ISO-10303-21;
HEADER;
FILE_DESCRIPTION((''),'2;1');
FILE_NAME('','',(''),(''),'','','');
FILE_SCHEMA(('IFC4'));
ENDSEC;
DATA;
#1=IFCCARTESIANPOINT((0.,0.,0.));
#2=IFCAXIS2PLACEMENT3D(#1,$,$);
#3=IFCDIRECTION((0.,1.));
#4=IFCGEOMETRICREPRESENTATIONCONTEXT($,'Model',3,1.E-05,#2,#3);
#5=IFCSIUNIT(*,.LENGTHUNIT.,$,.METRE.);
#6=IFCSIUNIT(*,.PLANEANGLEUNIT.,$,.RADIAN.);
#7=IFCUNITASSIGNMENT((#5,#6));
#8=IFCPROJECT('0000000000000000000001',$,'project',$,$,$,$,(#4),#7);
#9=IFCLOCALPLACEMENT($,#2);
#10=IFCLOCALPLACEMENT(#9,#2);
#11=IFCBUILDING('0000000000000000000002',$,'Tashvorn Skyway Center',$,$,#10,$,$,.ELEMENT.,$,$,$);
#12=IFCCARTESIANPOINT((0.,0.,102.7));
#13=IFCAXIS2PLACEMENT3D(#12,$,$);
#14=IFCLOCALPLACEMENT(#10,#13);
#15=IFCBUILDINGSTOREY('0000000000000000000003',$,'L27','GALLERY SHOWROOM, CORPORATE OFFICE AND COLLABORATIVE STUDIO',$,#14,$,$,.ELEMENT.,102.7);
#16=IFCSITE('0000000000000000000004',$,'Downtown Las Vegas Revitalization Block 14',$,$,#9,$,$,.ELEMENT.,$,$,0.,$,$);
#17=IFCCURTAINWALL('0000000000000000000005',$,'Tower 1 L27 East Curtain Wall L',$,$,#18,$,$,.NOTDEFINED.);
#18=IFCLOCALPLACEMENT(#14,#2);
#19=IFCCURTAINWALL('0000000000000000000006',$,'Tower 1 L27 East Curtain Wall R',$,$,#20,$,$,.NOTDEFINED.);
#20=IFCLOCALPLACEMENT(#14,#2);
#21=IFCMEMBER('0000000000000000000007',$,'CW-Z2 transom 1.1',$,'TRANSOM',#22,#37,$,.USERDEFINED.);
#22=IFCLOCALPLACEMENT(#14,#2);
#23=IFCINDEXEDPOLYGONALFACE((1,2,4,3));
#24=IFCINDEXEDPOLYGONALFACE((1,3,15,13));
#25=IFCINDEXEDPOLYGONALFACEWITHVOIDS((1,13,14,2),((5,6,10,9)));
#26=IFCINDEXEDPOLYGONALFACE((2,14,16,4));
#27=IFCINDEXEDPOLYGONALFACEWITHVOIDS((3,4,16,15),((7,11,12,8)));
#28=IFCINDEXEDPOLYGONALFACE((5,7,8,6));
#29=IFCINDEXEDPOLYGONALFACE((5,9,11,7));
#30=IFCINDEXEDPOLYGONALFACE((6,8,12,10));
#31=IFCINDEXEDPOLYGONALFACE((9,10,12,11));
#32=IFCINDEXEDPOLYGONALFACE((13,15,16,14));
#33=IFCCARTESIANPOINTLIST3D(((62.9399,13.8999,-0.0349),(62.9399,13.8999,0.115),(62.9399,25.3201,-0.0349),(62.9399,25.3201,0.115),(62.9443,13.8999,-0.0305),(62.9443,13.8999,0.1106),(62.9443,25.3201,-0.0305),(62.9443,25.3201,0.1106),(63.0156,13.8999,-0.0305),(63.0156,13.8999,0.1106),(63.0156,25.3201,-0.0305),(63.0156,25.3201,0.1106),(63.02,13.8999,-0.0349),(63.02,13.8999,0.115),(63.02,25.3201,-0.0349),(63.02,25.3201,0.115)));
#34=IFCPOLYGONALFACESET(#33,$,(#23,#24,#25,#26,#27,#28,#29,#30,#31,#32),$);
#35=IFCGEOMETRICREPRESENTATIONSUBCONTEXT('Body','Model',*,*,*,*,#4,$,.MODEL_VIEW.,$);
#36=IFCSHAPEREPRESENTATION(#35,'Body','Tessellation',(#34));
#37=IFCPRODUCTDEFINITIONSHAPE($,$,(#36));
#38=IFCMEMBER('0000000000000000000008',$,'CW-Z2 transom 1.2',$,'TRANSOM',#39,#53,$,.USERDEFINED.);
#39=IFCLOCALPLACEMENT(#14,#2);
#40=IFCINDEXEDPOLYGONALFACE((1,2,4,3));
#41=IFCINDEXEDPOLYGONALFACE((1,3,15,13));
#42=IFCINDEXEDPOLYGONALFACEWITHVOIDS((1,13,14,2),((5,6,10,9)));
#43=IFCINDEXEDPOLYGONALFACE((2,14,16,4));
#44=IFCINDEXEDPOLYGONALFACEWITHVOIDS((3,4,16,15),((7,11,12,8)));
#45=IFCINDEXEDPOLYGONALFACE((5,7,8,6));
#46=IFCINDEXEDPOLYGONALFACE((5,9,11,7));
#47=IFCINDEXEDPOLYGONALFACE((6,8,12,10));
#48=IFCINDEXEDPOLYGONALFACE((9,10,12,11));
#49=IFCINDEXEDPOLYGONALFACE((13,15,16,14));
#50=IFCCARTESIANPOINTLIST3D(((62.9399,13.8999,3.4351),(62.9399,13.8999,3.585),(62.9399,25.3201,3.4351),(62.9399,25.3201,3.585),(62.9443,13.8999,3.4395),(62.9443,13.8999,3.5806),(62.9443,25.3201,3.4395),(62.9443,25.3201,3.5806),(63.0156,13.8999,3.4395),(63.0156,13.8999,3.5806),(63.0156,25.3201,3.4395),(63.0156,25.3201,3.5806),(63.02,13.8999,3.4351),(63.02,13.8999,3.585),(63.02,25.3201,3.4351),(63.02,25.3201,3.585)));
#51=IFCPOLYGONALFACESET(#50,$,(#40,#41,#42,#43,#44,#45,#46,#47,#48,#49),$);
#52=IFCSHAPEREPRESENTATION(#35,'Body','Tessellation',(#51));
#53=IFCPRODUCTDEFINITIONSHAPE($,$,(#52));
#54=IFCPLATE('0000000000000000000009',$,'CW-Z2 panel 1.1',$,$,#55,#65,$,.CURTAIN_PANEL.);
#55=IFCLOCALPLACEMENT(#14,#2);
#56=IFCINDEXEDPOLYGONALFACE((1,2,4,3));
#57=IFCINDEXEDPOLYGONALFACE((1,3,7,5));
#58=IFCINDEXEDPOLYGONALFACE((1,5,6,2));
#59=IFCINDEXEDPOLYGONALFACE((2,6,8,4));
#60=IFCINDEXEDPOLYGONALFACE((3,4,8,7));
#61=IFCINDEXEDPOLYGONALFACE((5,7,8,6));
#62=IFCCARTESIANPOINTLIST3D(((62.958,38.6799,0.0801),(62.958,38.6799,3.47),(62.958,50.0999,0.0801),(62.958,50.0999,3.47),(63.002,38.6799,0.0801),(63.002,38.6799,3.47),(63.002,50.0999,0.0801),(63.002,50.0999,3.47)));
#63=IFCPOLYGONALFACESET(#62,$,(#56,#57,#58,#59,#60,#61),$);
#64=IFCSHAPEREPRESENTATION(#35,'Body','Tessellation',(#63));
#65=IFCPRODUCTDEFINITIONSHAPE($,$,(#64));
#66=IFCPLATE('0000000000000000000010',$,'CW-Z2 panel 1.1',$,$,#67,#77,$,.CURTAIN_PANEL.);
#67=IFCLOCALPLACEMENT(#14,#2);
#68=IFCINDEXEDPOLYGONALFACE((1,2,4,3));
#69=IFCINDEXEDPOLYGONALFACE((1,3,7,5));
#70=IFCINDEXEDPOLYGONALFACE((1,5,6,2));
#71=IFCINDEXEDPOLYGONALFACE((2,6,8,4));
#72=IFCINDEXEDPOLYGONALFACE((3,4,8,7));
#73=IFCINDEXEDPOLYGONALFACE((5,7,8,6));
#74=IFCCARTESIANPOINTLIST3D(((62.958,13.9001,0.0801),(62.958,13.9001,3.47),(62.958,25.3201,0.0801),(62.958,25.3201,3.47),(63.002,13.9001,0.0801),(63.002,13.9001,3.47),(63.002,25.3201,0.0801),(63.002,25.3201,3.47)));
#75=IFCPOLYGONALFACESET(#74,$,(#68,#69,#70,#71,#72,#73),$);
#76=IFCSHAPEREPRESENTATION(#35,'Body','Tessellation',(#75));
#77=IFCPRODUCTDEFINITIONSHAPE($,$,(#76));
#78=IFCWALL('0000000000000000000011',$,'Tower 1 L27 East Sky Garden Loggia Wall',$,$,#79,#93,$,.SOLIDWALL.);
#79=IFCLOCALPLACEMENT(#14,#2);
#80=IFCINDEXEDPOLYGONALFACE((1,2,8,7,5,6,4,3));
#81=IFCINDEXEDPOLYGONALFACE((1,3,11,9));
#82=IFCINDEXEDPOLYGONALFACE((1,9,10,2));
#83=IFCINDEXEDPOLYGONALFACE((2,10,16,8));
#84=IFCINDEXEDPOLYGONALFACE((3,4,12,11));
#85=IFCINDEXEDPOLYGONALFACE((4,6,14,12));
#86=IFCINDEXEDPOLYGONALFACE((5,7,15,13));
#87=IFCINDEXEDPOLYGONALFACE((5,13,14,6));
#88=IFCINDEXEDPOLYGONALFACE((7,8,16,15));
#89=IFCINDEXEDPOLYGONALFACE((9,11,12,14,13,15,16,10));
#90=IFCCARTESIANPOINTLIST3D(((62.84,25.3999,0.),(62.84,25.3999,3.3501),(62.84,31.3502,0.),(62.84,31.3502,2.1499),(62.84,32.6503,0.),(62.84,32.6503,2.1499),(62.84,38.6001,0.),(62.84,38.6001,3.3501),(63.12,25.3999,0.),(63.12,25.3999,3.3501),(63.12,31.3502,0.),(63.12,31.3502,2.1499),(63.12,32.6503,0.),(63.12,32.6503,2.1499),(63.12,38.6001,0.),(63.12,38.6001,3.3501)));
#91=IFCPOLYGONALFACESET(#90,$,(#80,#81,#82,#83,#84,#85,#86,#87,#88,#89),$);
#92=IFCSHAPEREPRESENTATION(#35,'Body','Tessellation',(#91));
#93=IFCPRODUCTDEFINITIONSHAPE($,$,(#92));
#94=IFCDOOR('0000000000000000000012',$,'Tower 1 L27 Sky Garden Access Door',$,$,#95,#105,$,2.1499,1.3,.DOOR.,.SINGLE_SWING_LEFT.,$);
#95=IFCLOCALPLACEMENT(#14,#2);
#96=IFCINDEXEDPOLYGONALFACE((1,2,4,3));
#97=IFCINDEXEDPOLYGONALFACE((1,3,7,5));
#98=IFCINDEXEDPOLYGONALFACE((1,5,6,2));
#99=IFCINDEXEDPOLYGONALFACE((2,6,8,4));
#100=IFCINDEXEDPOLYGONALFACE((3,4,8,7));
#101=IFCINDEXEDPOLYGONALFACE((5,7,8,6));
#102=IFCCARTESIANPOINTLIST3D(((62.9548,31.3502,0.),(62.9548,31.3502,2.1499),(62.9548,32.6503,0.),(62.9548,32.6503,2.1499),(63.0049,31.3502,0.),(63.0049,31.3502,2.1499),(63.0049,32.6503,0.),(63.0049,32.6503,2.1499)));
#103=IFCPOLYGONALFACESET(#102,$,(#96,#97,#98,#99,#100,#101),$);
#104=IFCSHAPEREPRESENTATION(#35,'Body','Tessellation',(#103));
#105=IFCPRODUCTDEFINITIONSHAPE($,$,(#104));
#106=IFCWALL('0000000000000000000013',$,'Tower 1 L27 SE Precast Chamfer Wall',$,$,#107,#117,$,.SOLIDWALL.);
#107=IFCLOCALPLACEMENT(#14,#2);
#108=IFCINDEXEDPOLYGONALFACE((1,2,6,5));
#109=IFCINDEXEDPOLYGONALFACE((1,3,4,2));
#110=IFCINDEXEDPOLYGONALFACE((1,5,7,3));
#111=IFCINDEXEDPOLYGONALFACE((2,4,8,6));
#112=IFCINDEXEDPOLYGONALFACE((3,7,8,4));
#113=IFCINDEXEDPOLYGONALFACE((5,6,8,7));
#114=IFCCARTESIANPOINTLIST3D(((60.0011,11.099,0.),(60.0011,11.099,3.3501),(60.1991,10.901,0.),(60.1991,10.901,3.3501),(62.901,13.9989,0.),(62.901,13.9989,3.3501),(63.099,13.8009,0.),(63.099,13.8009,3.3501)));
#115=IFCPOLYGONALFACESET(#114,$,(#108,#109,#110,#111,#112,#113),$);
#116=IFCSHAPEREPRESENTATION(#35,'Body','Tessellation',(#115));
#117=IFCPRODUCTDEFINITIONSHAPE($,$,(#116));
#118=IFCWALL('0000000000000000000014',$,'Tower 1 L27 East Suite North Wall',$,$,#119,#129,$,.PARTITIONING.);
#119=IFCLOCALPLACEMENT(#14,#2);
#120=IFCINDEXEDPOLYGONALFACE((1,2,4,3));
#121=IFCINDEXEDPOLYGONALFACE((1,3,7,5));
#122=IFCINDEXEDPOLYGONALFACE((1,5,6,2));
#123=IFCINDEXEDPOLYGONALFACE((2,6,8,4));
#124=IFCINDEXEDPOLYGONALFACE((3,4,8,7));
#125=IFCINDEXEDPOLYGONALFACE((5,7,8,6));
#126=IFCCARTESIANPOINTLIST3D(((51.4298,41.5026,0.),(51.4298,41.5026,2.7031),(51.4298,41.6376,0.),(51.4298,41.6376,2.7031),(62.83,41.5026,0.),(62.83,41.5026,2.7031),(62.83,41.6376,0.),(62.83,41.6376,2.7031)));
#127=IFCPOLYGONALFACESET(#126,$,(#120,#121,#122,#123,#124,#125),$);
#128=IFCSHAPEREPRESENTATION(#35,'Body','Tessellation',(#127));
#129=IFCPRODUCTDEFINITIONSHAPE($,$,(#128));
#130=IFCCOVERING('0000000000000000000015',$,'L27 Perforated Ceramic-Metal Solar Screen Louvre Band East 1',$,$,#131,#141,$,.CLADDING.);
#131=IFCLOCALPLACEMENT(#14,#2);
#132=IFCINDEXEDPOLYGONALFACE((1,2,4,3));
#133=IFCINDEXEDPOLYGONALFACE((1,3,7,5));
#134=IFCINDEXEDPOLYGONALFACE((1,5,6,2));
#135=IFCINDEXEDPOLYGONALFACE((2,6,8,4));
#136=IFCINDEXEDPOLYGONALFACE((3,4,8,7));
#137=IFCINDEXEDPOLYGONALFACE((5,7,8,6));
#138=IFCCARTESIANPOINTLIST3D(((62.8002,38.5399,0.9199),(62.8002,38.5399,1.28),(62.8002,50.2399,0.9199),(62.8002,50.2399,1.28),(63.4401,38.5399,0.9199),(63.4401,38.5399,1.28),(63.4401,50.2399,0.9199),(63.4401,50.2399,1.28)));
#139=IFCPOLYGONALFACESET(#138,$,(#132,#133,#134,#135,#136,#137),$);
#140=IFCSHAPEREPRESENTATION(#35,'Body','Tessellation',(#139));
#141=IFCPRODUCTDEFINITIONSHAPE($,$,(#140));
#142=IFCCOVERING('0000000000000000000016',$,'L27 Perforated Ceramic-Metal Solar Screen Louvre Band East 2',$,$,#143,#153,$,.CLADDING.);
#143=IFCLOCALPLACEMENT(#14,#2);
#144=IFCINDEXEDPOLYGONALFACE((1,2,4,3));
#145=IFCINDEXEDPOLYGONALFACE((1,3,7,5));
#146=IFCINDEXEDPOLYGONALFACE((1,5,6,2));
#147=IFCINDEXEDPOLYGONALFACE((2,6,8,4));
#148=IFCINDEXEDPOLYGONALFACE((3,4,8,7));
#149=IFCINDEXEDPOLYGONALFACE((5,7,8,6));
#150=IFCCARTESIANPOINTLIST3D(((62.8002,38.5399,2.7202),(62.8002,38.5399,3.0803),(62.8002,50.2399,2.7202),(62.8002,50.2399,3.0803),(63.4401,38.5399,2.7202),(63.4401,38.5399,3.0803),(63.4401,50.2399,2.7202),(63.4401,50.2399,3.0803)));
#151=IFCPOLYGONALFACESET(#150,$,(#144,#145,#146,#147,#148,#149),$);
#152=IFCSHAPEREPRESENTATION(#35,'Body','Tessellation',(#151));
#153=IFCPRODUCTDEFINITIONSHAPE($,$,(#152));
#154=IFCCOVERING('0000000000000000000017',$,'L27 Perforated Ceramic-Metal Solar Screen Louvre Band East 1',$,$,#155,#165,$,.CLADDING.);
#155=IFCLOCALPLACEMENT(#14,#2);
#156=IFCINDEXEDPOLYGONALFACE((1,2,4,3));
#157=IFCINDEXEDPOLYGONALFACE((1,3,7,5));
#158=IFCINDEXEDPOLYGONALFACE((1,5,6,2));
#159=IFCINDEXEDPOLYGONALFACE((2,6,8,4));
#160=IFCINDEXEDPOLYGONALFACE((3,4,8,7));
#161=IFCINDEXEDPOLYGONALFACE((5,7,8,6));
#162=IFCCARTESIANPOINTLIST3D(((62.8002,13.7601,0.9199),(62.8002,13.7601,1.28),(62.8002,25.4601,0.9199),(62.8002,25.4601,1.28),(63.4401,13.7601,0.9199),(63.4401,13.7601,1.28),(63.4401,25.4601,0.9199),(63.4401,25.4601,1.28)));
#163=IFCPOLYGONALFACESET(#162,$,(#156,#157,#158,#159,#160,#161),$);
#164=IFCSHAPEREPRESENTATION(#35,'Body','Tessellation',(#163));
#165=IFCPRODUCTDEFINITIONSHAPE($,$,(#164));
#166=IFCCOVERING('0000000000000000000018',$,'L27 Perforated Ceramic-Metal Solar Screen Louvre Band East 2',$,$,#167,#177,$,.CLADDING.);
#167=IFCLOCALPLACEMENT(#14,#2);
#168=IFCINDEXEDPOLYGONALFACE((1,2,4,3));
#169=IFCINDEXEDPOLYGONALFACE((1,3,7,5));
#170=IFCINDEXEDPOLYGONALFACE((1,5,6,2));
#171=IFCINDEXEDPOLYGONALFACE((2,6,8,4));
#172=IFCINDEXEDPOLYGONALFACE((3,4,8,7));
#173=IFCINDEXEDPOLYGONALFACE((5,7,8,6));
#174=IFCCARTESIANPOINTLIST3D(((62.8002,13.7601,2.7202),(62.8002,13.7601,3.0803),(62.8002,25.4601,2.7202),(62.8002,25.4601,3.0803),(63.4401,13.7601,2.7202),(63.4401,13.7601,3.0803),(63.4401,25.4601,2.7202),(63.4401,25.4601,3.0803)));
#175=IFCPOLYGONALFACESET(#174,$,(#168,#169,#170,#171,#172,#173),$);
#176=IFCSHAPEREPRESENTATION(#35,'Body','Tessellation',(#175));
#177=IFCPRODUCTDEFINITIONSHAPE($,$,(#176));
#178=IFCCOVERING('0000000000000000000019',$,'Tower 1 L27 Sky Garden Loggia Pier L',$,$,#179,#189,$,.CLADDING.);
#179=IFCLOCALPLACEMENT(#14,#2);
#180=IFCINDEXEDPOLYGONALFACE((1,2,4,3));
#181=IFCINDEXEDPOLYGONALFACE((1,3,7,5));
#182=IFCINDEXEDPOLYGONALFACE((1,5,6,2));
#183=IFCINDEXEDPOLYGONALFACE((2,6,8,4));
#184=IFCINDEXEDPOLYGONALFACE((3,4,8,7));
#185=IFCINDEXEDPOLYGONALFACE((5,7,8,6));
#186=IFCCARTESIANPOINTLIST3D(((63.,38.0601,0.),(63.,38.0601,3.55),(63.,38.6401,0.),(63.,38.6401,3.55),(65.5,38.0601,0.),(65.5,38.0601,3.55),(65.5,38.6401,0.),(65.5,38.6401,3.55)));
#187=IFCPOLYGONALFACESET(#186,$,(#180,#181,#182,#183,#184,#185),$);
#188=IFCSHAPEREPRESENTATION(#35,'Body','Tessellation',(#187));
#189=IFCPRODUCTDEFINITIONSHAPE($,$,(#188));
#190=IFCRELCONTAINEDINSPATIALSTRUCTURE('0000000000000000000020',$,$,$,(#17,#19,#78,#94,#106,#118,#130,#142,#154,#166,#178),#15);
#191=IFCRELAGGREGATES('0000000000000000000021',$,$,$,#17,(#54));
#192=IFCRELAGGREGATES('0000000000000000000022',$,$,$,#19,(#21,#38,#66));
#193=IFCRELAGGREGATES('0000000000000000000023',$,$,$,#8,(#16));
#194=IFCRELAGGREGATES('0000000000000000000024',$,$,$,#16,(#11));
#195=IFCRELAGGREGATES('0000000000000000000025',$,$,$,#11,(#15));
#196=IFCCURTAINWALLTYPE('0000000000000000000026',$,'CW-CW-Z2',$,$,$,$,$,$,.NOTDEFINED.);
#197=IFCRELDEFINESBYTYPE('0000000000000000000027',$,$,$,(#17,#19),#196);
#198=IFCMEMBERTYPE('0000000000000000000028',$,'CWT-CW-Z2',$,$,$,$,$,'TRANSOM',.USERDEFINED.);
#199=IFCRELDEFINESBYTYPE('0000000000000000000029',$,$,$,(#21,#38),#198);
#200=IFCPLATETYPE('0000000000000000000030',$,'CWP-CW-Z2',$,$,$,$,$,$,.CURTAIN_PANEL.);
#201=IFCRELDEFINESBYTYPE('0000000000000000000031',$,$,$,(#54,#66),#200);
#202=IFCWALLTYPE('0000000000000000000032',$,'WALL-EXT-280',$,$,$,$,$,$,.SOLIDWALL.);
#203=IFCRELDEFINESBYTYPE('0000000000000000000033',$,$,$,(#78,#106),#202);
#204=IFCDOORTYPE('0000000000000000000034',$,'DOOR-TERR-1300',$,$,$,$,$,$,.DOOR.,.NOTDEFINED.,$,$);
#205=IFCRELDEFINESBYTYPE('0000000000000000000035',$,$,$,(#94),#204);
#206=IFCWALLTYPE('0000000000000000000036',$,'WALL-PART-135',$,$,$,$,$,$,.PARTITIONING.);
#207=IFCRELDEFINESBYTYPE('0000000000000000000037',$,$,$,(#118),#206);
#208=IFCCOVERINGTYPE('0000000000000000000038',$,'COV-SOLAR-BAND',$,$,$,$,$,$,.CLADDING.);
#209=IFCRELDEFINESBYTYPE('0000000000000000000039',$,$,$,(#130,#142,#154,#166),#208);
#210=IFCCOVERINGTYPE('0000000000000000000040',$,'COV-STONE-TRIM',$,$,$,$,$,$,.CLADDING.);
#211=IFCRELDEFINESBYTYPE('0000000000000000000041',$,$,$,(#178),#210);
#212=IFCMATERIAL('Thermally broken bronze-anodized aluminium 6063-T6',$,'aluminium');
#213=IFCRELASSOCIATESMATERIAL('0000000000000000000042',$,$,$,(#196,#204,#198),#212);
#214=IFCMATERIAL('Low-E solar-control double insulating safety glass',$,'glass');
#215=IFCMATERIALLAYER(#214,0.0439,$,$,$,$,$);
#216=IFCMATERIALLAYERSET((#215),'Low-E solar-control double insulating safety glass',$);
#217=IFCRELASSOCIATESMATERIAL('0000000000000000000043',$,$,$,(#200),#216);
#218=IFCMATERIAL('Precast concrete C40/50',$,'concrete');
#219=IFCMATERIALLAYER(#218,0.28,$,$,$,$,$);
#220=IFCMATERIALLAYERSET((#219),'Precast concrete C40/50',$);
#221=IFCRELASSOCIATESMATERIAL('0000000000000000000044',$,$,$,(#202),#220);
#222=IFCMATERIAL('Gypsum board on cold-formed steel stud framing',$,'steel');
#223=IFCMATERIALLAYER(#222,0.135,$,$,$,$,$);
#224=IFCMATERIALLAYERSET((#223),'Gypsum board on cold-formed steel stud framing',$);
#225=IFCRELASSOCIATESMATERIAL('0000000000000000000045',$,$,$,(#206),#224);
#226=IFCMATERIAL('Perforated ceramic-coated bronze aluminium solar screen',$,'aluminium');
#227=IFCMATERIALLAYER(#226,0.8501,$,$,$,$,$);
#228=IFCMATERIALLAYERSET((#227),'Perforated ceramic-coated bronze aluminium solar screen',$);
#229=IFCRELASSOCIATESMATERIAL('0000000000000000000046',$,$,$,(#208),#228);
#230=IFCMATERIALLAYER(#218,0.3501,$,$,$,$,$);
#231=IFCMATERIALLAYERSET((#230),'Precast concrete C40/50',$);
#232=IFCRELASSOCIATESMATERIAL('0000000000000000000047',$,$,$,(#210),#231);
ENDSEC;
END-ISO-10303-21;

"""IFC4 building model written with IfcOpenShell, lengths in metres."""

from ifc_helpers import new_model, si_unit, direction, frame, frame_2d, origin, origin_2d, place, context, subcontext, project, spatial, rectangle, hollow_rectangle, extrude, material, layer, layer_set, material_profile, profile_set, type_object, element, fill, aggregate, save


model = new_model("IFC4")

# Units and contexts
model_context = context("Model", 3, precision=1e-05, world=origin(), true_north=direction((0.0, 1.0)))
body_context = subcontext(model_context, "Body", "Model", "MODEL_VIEW")
ifc_project = project(units=[si_unit("LENGTHUNIT", "METRE"), si_unit("PLANEANGLEUNIT", "RADIAN")], contexts=[model_context])

# Site, building, storey
site_placement = place(None, origin())
site = spatial("IfcSite", under=ifc_project, at=site_placement, Name="Downtown Las Vegas Revitalization Block 14", CompositionType="ELEMENT", RefElevation=0.0)
building_placement = place(site_placement, origin())
building = spatial("IfcBuilding", under=site, at=building_placement, Name="Tashvorn Skyway Center", CompositionType="ELEMENT")
storey_placement = place(building_placement, frame((0.0, 0.0, 102.7)))
storey = spatial("IfcBuildingStorey", under=building, at=storey_placement, Name="L27", Description="GALLERY SHOWROOM, CORPORATE OFFICE AND COLLABORATIVE STUDIO", CompositionType="ELEMENT", Elevation=102.7)

# Curtain walls
ifc_material_1 = material(Name="Thermally broken bronze-anodized aluminium 6063-T6", Category="aluminium")
curtain_wall_type = type_object("IfcCurtainWallType", Name="CW-CW-Z2", PredefinedType="NOTDEFINED", material=ifc_material_1)
curtain_wall_1_placement = place(storey_placement, origin())
curtain_wall_1 = element("IfcCurtainWall", 1, at=curtain_wall_1_placement, inside=storey, type_object=curtain_wall_type, Name="Tower 1 L27 East Curtain Wall L", PredefinedType="NOTDEFINED")
curtain_wall_2_placement = place(storey_placement, origin())
curtain_wall_2 = element("IfcCurtainWall", 2, at=curtain_wall_2_placement, inside=storey, type_object=curtain_wall_type, Name="Tower 1 L27 East Curtain Wall R", PredefinedType="NOTDEFINED")

# Members
ifc_material_profile_1 = material_profile(ifc_material_1, hollow_rectangle(XDim=0.0801, YDim=0.1499, WallThickness=0.0044, at=origin_2d()), Name="ALU-TRAN-80x150")
ifc_profile_set_1 = profile_set([ifc_material_profile_1], Name="Thermally broken bronze-anodized aluminium 6063-T6")
member_type_1 = type_object("IfcMemberType", Name="CWT-CW-Z2", ElementType="TRANSOM", PredefinedType="USERDEFINED", material=ifc_profile_set_1)
member_1_placement = place(storey_placement, frame((62.98, 25.3201, 0.04), z_axis=(0.0, -1.0, 0.0), x_axis=(1.0, 0.0, 0.0)))
member_1 = element("IfcMember", 3, at=member_1_placement, type_object=member_type_1, Name="CW-Z2 transom 1.1", ObjectType="TRANSOM", PredefinedType="USERDEFINED", context=body_context, shape_type="SweptSolid", body=[
    extrude(hollow_rectangle(XDim=0.0801, YDim=0.1499, WallThickness=0.0044, at=origin_2d()), origin(), (0.0, 0.0, 1.0), 11.4202),
])
member_2_placement = place(storey_placement, frame((62.98, 25.3201, 3.51), z_axis=(0.0, -1.0, 0.0), x_axis=(1.0, 0.0, 0.0)))
member_2 = element("IfcMember", 4, at=member_2_placement, type_object=member_type_1, Name="CW-Z2 transom 1.2", ObjectType="TRANSOM", PredefinedType="USERDEFINED", context=body_context, shape_type="SweptSolid", body=[
    extrude(hollow_rectangle(XDim=0.0801, YDim=0.1499, WallThickness=0.0044, at=origin_2d()), origin(), (0.0, 0.0, 1.0), 11.4202),
])

# Plates
ifc_material_2 = material(Name="Low-E solar-control double insulating safety glass", Category="glass")
ifc_layer_1 = layer(ifc_material_2, 0.0439)
ifc_layer_set_1 = layer_set([ifc_layer_1], Name="Low-E solar-control double insulating safety glass")
plate_type = type_object("IfcPlateType", Name="CWP-CW-Z2", PredefinedType="CURTAIN_PANEL", material=ifc_layer_set_1)
plate_1_placement = place(storey_placement, frame((62.98, 44.3899, 0.0801), z_axis=(0.0, 0.0, 1.0), x_axis=(0.0, -1.0, 0.0)))
plate_1 = element("IfcPlate", 5, at=plate_1_placement, type_object=plate_type, Name="CW-Z2 panel 1.1", PredefinedType="CURTAIN_PANEL", context=body_context, shape_type="SweptSolid", body=[
    extrude(rectangle(XDim=11.4199, YDim=0.0439, at=origin_2d()), origin(), (0.0, 0.0, 1.0), 3.3899),
])
aggregate(curtain_wall_1, [plate_1])
plate_2_placement = place(storey_placement, frame((62.98, 19.6101, 0.0801), z_axis=(0.0, 0.0, 1.0), x_axis=(0.0, -1.0, 0.0)))
plate_2 = element("IfcPlate", 6, at=plate_2_placement, type_object=plate_type, Name="CW-Z2 panel 1.1", PredefinedType="CURTAIN_PANEL", context=body_context, shape_type="SweptSolid", body=[
    extrude(rectangle(XDim=11.4199, YDim=0.0439, at=origin_2d()), origin(), (0.0, 0.0, 1.0), 3.3899),
])
aggregate(curtain_wall_2, [member_1, member_2, plate_2])

# Wall, opening, door
ifc_material_3 = material(Name="Precast concrete C40/50", Category="concrete")
ifc_layer_2 = layer(ifc_material_3, 0.28)
ifc_layer_set_2 = layer_set([ifc_layer_2], Name="Precast concrete C40/50")
wall_type_1 = type_object("IfcWallType", Name="WALL-EXT-280", PredefinedType="SOLIDWALL", material=ifc_layer_set_2)
wall_1_placement = place(storey_placement, frame((62.98, 38.6001, 0.0), z_axis=(0.0, 0.0, 1.0), x_axis=(0.0, -1.0, 0.0)))
wall_1 = element("IfcWall", 7, at=wall_1_placement, inside=storey, type_object=wall_type_1, Name="Tower 1 L27 East Sky Garden Loggia Wall", PredefinedType="SOLIDWALL", context=body_context, shape_type="SweptSolid", body=[
    extrude(rectangle(XDim=13.2002, YDim=0.28, at=frame_2d((6.6001, 0.0))), origin(), (0.0, 0.0, 1.0), 3.3501),
])
opening_placement = place(wall_1_placement, frame((5.95, 0.0, 0.0)))
opening = element("IfcOpeningElement", 8, at=opening_placement, cuts=wall_1, PredefinedType="OPENING", context=body_context, shape_type="SweptSolid", body=[
    extrude(rectangle(XDim=1.3, YDim=2.1499, at=frame_2d((0.6499, 1.075))), frame((0.0, 0.1499, 0.0), z_axis=(0.0, -1.0, 0.0), x_axis=(1.0, 0.0, 0.0)), (0.0, 0.0, 1.0), 0.3),
])
door_type = type_object("IfcDoorType", Name="DOOR-TERR-1300", OperationType="NOTDEFINED", PredefinedType="DOOR", material=ifc_material_1)
door_placement = place(opening_placement, origin())
door = element("IfcDoor", 9, at=door_placement, inside=storey, type_object=door_type, Name="Tower 1 L27 Sky Garden Access Door", OperationType="SINGLE_SWING_LEFT", OverallHeight=2.1499, OverallWidth=1.3, PredefinedType="DOOR", context=body_context, shape_type="SweptSolid", body=[
    extrude(rectangle(XDim=1.3, YDim=2.1499, at=frame_2d((0.6499, 1.075))), frame((0.0, 0.0249, 0.0), z_axis=(0.0, -1.0, 0.0), x_axis=(1.0, 0.0, 0.0)), (0.0, 0.0, 1.0), 0.05),
])
fill(opening, door)

# Walls
wall_2_placement = place(storey_placement, frame((63.0, 13.8999, 0.0), z_axis=(0.0, 0.0, 1.0), x_axis=(-0.707107, -0.707107, 0.0)))
element("IfcWall", 10, at=wall_2_placement, inside=storey, type_object=wall_type_1, Name="Tower 1 L27 SE Precast Chamfer Wall", PredefinedType="SOLIDWALL", context=body_context, shape_type="SweptSolid", body=[
    extrude(rectangle(XDim=4.1011, YDim=0.28, at=frame_2d((2.0505, 0.0))), origin(), (0.0, 0.0, 1.0), 3.3501),
])
ifc_material_4 = material(Name="Gypsum board on cold-formed steel stud framing", Category="steel")
ifc_layer_3 = layer(ifc_material_4, 0.135)
ifc_layer_set_3 = layer_set([ifc_layer_3], Name="Gypsum board on cold-formed steel stud framing")
wall_type_2 = type_object("IfcWallType", Name="WALL-PART-135", PredefinedType="PARTITIONING", material=ifc_layer_set_3)
wall_3_placement = place(storey_placement, frame((62.8301, 41.5701, 0.0), z_axis=(0.0, 0.0, 1.0), x_axis=(-1.0, 0.0, 0.0)))
element("IfcWall", 11, at=wall_3_placement, inside=storey, type_object=wall_type_2, Name="Tower 1 L27 East Suite North Wall", PredefinedType="PARTITIONING", context=body_context, shape_type="SweptSolid", body=[
    extrude(rectangle(XDim=11.4001, YDim=0.135, at=frame_2d((5.7002, 0.0))), origin(), (0.0, 0.0, 1.0), 2.7031),
])

# Coverings
ifc_material_5 = material(Name="Perforated ceramic-coated bronze aluminium solar screen", Category="aluminium")
ifc_layer_4 = layer(ifc_material_5, 0.8501)
ifc_layer_set_4 = layer_set([ifc_layer_4], Name="Perforated ceramic-coated bronze aluminium solar screen")
covering_type_1 = type_object("IfcCoveringType", Name="COV-SOLAR-BAND", PredefinedType="CLADDING", material=ifc_layer_set_4)
for number, where, z_axis, x_axis, name in (
    (12, (63.1201, 44.3899, 0.9199), (0.0, 0.0, 1.0), (0.0, -1.0, 0.0), "L27 Perforated Ceramic-Metal Solar Screen Louvre Band East 1"),
    (13, (63.1201, 44.3899, 2.7202), (0.0, 0.0, 1.0), (0.0, -1.0, 0.0), "L27 Perforated Ceramic-Metal Solar Screen Louvre Band East 2"),
    (14, (63.1201, 19.6101, 0.9199), (0.0, 0.0, 1.0), (0.0, -1.0, 0.0), "L27 Perforated Ceramic-Metal Solar Screen Louvre Band East 1"),
    (15, (63.1201, 19.6101, 2.7202), (0.0, 0.0, 1.0), (0.0, -1.0, 0.0), "L27 Perforated Ceramic-Metal Solar Screen Louvre Band East 2"),
):
    element("IfcCovering", number, at=place(storey_placement, frame(where, z_axis=z_axis, x_axis=x_axis)), inside=storey, type_object=covering_type_1, Name=name, PredefinedType="CLADDING", context=body_context, shape_type="SweptSolid", body=[
        extrude(rectangle(XDim=11.7, YDim=0.6399, at=origin_2d()), origin(), (0.0, 0.0, 1.0), 0.3601),
    ])
ifc_layer_5 = layer(ifc_material_3, 0.3501)
ifc_layer_set_5 = layer_set([ifc_layer_5], Name="Precast concrete C40/50")
covering_type_2 = type_object("IfcCoveringType", Name="COV-STONE-TRIM", PredefinedType="CLADDING", material=ifc_layer_set_5)
for number, where, z_axis, x_axis, name in (
    (16, (64.25, 38.3501, 0.0), (0.0, 0.0, 1.0), (0.0, -1.0, 0.0), "Tower 1 L27 Sky Garden Loggia Pier L"),
):
    element("IfcCovering", number, at=place(storey_placement, frame(where, z_axis=z_axis, x_axis=x_axis)), inside=storey, type_object=covering_type_2, Name=name, PredefinedType="CLADDING", context=body_context, shape_type="SweptSolid", body=[
        extrude(rectangle(XDim=0.5801, YDim=2.5, at=origin_2d()), origin(), (0.0, 0.0, 1.0), 3.55),
    ])

save(model, "model.ifc")
